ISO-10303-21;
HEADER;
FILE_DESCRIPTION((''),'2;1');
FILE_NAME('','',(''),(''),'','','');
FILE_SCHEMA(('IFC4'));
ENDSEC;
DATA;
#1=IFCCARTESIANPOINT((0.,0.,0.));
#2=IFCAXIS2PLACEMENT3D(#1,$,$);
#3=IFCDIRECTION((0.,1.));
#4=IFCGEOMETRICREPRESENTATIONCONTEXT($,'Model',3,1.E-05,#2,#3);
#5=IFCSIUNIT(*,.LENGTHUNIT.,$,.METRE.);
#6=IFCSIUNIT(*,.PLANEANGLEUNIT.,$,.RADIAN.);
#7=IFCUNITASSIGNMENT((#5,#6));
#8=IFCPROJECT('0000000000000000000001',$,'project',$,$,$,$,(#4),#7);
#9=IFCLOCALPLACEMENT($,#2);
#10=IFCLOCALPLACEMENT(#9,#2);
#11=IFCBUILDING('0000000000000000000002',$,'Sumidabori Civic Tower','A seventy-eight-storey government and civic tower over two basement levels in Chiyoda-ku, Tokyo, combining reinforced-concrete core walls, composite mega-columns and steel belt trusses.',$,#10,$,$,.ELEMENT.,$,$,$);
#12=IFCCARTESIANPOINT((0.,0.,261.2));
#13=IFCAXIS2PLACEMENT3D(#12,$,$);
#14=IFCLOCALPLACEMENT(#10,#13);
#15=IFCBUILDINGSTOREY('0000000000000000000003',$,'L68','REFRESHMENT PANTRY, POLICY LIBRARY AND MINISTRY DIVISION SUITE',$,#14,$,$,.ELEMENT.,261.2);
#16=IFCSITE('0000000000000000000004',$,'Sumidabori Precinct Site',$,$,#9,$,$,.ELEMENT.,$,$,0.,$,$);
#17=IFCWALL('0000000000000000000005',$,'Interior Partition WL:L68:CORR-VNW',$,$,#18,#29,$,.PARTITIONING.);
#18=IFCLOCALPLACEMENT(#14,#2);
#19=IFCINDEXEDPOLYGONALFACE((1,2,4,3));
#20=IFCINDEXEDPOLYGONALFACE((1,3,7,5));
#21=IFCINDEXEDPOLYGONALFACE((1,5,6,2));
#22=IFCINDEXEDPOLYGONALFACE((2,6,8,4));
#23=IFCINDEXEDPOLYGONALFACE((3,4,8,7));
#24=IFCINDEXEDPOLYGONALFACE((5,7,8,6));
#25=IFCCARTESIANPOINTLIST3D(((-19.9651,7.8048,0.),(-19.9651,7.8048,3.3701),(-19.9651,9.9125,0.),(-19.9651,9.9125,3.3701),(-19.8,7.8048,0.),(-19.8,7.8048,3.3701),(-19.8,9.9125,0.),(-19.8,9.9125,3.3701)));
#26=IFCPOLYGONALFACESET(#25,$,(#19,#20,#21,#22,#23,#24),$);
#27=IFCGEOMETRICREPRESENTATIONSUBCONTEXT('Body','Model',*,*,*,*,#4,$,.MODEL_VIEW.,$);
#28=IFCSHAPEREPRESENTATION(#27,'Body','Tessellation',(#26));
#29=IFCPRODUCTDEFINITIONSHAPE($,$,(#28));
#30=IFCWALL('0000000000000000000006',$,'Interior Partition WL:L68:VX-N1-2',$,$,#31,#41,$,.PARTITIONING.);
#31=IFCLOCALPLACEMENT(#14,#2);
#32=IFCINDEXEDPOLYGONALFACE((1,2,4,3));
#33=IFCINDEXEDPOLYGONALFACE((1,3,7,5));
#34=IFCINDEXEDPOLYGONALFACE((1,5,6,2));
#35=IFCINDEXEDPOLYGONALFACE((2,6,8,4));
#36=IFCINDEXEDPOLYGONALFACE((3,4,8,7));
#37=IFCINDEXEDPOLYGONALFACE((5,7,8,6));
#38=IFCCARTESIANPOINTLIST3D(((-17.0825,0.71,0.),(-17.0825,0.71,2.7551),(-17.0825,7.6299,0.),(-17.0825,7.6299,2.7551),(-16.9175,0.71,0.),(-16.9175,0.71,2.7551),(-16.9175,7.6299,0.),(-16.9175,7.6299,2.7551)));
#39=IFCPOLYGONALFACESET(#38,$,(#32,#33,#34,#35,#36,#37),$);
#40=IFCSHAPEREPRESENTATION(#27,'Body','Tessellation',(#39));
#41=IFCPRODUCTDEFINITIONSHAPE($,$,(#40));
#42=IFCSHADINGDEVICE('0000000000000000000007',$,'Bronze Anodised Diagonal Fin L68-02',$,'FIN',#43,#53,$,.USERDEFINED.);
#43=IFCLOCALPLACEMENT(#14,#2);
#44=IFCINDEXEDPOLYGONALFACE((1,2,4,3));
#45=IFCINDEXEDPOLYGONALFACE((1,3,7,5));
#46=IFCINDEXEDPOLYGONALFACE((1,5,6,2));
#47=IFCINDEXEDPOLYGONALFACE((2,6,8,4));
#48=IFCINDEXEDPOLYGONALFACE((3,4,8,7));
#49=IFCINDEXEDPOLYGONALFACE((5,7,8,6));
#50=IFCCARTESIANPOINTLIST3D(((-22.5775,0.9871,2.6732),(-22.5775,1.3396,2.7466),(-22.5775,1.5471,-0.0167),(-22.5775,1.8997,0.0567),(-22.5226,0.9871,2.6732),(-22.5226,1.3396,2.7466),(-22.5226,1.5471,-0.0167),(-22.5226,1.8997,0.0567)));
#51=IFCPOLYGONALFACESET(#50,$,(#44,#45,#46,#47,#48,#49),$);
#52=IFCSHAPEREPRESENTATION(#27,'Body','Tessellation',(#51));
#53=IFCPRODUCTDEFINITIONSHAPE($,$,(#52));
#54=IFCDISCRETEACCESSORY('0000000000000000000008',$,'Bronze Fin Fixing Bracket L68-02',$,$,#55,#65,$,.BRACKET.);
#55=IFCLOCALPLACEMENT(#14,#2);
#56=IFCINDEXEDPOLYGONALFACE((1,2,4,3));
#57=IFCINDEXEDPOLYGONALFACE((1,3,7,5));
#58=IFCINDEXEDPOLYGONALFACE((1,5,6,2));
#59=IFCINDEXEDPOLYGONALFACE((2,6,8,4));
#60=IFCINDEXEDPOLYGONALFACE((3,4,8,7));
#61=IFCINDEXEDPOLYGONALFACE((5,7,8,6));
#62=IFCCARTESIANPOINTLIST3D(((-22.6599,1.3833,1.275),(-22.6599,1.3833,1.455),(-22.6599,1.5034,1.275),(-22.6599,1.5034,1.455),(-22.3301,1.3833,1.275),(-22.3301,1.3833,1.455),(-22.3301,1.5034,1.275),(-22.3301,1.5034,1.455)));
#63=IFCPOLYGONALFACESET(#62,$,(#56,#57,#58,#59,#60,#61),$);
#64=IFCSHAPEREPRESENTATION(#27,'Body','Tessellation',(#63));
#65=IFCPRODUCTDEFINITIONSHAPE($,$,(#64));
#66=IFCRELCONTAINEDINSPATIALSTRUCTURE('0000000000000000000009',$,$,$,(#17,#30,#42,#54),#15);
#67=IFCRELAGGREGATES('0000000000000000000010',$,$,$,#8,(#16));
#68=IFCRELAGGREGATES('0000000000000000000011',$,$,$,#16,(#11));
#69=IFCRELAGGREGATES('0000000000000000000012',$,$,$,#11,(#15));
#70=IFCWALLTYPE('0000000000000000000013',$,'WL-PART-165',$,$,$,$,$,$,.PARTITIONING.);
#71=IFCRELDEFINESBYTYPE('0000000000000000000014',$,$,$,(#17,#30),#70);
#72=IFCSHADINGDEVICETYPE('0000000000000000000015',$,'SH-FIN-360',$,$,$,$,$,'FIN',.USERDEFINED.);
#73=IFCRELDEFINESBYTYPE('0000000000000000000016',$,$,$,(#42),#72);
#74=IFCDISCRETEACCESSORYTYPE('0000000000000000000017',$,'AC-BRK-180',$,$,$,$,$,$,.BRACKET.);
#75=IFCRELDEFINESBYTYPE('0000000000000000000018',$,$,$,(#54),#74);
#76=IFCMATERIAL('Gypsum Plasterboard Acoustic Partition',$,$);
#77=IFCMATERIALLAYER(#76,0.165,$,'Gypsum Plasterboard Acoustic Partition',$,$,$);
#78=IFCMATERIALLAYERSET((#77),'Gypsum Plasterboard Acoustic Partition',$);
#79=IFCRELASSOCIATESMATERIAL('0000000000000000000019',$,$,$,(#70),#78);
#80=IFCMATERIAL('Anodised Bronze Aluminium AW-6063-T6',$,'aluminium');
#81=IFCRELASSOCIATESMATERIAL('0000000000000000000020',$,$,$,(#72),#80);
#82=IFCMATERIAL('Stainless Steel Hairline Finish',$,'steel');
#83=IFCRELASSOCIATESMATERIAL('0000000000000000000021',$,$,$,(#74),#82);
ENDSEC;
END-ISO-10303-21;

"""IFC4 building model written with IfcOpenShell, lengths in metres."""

from ifc_helpers import new_model, si_unit, direction, frame, frame_2d, origin, origin_2d, place, context, subcontext, project, spatial, rectangle, extrude, source, transform, mapped, material, layer, layer_set, material_profile, profile_set, type_object, element, save


model = new_model("IFC4")

# Units and contexts
model_context = context("Model", 3, precision=1e-05, world=origin(), true_north=direction((0.0, 1.0)))
body_context = subcontext(model_context, "Body", "Model", "MODEL_VIEW")
ifc_project = project(units=[si_unit("LENGTHUNIT", "METRE"), si_unit("PLANEANGLEUNIT", "RADIAN")], contexts=[model_context])

# Site, building, storey
site_placement = place(None, origin())
site = spatial("IfcSite", under=ifc_project, at=site_placement, Name="Sumidabori Precinct Site", CompositionType="ELEMENT", RefElevation=0.0)
building_placement = place(site_placement, origin())
building = spatial("IfcBuilding", under=site, at=building_placement, Name="Sumidabori Civic Tower", Description="A seventy-eight-storey government and civic tower over two basement levels in Chiyoda-ku, Tokyo, combining reinforced-concrete core walls, composite mega-columns and steel belt trusses.", CompositionType="ELEMENT")
storey_placement = place(building_placement, frame((0.0, 0.0, 261.2)))
storey = spatial("IfcBuildingStorey", under=building, at=storey_placement, Name="L68", Description="REFRESHMENT PANTRY, POLICY LIBRARY AND MINISTRY DIVISION SUITE", CompositionType="ELEMENT", Elevation=261.2)

# Shared definitions
ifc_material_1 = material(Name="Anodised Bronze Aluminium AW-6063-T6", Category="aluminium")

# Wall
ifc_material_2 = material(Name="Gypsum Plasterboard Acoustic Partition")
ifc_layer_1 = layer(ifc_material_2, 0.165, Name="Gypsum Plasterboard Acoustic Partition")
ifc_layer_set_1 = layer_set([ifc_layer_1], Name="Gypsum Plasterboard Acoustic Partition")
wall_type = type_object("IfcWallType", Name="WL-PART-165", PredefinedType="PARTITIONING", material=ifc_layer_set_1)
shared_shape_1 = source(origin(), body_context, "Body", "SweptSolid", [
    extrude(rectangle(XDim=2.1077, YDim=0.165, at=frame_2d((1.0537, 0.0))), origin(), (0.0, 0.0, 1.0), 3.3701),
])
wall_1_placement = place(storey_placement, frame((-19.8826, 7.8049, 0.0), z_axis=(0.0, 0.0, 1.0), x_axis=(0.0, 1.0, 0.0)))
element("IfcWall", 1, at=wall_1_placement, inside=storey, type_object=wall_type, Name="Interior Partition WL:L68:CORR-VNW", PredefinedType="PARTITIONING", context=body_context, shape_type="MappedRepresentation", body=[
    mapped(shared_shape_1, transform((0.0, 0.0, 0.0), x_axis=(1.0, 0.0, 0.0), y_axis=(0.0, 1.0, 0.0), z_axis=(0.0, 0.0, 1.0), scale=1.0)),
])

# Wall
shared_shape_2 = source(origin(), body_context, "Body", "SweptSolid", [
    extrude(rectangle(XDim=6.9199, YDim=0.165, at=frame_2d((3.46, 0.0))), origin(), (0.0, 0.0, 1.0), 2.7551),
])
wall_2_placement = place(storey_placement, frame((-17.0, 0.71, 0.0), z_axis=(0.0, 0.0, 1.0), x_axis=(0.0, 1.0, 0.0)))
element("IfcWall", 2, at=wall_2_placement, inside=storey, type_object=wall_type, Name="Interior Partition WL:L68:VX-N1-2", PredefinedType="PARTITIONING", context=body_context, shape_type="MappedRepresentation", body=[
    mapped(shared_shape_2, transform((0.0, 0.0, 0.0), x_axis=(1.0, 0.0, 0.0), y_axis=(0.0, 1.0, 0.0), z_axis=(0.0, 0.0, 1.0), scale=1.0)),
])

# Shading device
ifc_material_profile_1 = material_profile(ifc_material_1, rectangle(XDim=0.0549, YDim=0.3601, at=origin_2d()), Name="BRONZE FIN 360x55")
ifc_profile_set_1 = profile_set([ifc_material_profile_1], Name="Anodised Bronze Aluminium AW-6063-T6")
shading_device_type = type_object("IfcShadingDeviceType", Name="SH-FIN-360", ElementType="FIN", PredefinedType="USERDEFINED", material=ifc_profile_set_1)
shared_shape_3 = source(origin(), body_context, "Body", "SweptSolid", [
    extrude(rectangle(XDim=0.0549, YDim=0.3601, at=origin_2d()), origin(), (0.0, 0.0, 1.0), 2.7476),
])
shading_device_placement = place(storey_placement, frame((-22.55, 1.7234, 0.02), z_axis=(0.0, -0.203834, 0.979006), x_axis=(-1.0, 0.0, 0.0)))
element("IfcShadingDevice", 3, at=shading_device_placement, inside=storey, type_object=shading_device_type, Name="Bronze Anodised Diagonal Fin L68-02", ObjectType="FIN", PredefinedType="USERDEFINED", context=body_context, shape_type="MappedRepresentation", body=[
    mapped(shared_shape_3, transform((0.0, 0.0, 0.0), x_axis=(1.0, 0.0, 0.0), y_axis=(0.0, 1.0, 0.0), z_axis=(0.0, 0.0, 1.0), scale=1.0)),
])

# Discrete accessory
ifc_material_3 = material(Name="Stainless Steel Hairline Finish", Category="steel")
ifc_material_profile_2 = material_profile(ifc_material_3, rectangle(XDim=0.1201, YDim=0.1799, at=origin_2d()), Name="STEEL BRACKET 180x120")
ifc_profile_set_2 = profile_set([ifc_material_profile_2], Name="Stainless Steel Hairline Finish")
discrete_accessory_type = type_object("IfcDiscreteAccessoryType", Name="AC-BRK-180", PredefinedType="BRACKET", material=ifc_profile_set_2)
shared_shape_4 = source(origin(), body_context, "Body", "SweptSolid", [
    extrude(rectangle(XDim=0.1201, YDim=0.1799, at=origin_2d()), origin(), (0.0, 0.0, 1.0), 0.3298),
])
discrete_accessory_placement = place(storey_placement, frame((-22.3301, 1.4434, 1.365), z_axis=(-1.0, 0.0, 0.0), x_axis=(0.0, -1.0, 0.0)))
element("IfcDiscreteAccessory", 4, at=discrete_accessory_placement, inside=storey, type_object=discrete_accessory_type, Name="Bronze Fin Fixing Bracket L68-02", PredefinedType="BRACKET", context=body_context, shape_type="MappedRepresentation", body=[
    mapped(shared_shape_4, transform((0.0, 0.0, 0.0), x_axis=(1.0, 0.0, 0.0), y_axis=(0.0, 1.0, 0.0), z_axis=(0.0, 0.0, 1.0), scale=1.0)),
])

save(model, "model.ifc")
